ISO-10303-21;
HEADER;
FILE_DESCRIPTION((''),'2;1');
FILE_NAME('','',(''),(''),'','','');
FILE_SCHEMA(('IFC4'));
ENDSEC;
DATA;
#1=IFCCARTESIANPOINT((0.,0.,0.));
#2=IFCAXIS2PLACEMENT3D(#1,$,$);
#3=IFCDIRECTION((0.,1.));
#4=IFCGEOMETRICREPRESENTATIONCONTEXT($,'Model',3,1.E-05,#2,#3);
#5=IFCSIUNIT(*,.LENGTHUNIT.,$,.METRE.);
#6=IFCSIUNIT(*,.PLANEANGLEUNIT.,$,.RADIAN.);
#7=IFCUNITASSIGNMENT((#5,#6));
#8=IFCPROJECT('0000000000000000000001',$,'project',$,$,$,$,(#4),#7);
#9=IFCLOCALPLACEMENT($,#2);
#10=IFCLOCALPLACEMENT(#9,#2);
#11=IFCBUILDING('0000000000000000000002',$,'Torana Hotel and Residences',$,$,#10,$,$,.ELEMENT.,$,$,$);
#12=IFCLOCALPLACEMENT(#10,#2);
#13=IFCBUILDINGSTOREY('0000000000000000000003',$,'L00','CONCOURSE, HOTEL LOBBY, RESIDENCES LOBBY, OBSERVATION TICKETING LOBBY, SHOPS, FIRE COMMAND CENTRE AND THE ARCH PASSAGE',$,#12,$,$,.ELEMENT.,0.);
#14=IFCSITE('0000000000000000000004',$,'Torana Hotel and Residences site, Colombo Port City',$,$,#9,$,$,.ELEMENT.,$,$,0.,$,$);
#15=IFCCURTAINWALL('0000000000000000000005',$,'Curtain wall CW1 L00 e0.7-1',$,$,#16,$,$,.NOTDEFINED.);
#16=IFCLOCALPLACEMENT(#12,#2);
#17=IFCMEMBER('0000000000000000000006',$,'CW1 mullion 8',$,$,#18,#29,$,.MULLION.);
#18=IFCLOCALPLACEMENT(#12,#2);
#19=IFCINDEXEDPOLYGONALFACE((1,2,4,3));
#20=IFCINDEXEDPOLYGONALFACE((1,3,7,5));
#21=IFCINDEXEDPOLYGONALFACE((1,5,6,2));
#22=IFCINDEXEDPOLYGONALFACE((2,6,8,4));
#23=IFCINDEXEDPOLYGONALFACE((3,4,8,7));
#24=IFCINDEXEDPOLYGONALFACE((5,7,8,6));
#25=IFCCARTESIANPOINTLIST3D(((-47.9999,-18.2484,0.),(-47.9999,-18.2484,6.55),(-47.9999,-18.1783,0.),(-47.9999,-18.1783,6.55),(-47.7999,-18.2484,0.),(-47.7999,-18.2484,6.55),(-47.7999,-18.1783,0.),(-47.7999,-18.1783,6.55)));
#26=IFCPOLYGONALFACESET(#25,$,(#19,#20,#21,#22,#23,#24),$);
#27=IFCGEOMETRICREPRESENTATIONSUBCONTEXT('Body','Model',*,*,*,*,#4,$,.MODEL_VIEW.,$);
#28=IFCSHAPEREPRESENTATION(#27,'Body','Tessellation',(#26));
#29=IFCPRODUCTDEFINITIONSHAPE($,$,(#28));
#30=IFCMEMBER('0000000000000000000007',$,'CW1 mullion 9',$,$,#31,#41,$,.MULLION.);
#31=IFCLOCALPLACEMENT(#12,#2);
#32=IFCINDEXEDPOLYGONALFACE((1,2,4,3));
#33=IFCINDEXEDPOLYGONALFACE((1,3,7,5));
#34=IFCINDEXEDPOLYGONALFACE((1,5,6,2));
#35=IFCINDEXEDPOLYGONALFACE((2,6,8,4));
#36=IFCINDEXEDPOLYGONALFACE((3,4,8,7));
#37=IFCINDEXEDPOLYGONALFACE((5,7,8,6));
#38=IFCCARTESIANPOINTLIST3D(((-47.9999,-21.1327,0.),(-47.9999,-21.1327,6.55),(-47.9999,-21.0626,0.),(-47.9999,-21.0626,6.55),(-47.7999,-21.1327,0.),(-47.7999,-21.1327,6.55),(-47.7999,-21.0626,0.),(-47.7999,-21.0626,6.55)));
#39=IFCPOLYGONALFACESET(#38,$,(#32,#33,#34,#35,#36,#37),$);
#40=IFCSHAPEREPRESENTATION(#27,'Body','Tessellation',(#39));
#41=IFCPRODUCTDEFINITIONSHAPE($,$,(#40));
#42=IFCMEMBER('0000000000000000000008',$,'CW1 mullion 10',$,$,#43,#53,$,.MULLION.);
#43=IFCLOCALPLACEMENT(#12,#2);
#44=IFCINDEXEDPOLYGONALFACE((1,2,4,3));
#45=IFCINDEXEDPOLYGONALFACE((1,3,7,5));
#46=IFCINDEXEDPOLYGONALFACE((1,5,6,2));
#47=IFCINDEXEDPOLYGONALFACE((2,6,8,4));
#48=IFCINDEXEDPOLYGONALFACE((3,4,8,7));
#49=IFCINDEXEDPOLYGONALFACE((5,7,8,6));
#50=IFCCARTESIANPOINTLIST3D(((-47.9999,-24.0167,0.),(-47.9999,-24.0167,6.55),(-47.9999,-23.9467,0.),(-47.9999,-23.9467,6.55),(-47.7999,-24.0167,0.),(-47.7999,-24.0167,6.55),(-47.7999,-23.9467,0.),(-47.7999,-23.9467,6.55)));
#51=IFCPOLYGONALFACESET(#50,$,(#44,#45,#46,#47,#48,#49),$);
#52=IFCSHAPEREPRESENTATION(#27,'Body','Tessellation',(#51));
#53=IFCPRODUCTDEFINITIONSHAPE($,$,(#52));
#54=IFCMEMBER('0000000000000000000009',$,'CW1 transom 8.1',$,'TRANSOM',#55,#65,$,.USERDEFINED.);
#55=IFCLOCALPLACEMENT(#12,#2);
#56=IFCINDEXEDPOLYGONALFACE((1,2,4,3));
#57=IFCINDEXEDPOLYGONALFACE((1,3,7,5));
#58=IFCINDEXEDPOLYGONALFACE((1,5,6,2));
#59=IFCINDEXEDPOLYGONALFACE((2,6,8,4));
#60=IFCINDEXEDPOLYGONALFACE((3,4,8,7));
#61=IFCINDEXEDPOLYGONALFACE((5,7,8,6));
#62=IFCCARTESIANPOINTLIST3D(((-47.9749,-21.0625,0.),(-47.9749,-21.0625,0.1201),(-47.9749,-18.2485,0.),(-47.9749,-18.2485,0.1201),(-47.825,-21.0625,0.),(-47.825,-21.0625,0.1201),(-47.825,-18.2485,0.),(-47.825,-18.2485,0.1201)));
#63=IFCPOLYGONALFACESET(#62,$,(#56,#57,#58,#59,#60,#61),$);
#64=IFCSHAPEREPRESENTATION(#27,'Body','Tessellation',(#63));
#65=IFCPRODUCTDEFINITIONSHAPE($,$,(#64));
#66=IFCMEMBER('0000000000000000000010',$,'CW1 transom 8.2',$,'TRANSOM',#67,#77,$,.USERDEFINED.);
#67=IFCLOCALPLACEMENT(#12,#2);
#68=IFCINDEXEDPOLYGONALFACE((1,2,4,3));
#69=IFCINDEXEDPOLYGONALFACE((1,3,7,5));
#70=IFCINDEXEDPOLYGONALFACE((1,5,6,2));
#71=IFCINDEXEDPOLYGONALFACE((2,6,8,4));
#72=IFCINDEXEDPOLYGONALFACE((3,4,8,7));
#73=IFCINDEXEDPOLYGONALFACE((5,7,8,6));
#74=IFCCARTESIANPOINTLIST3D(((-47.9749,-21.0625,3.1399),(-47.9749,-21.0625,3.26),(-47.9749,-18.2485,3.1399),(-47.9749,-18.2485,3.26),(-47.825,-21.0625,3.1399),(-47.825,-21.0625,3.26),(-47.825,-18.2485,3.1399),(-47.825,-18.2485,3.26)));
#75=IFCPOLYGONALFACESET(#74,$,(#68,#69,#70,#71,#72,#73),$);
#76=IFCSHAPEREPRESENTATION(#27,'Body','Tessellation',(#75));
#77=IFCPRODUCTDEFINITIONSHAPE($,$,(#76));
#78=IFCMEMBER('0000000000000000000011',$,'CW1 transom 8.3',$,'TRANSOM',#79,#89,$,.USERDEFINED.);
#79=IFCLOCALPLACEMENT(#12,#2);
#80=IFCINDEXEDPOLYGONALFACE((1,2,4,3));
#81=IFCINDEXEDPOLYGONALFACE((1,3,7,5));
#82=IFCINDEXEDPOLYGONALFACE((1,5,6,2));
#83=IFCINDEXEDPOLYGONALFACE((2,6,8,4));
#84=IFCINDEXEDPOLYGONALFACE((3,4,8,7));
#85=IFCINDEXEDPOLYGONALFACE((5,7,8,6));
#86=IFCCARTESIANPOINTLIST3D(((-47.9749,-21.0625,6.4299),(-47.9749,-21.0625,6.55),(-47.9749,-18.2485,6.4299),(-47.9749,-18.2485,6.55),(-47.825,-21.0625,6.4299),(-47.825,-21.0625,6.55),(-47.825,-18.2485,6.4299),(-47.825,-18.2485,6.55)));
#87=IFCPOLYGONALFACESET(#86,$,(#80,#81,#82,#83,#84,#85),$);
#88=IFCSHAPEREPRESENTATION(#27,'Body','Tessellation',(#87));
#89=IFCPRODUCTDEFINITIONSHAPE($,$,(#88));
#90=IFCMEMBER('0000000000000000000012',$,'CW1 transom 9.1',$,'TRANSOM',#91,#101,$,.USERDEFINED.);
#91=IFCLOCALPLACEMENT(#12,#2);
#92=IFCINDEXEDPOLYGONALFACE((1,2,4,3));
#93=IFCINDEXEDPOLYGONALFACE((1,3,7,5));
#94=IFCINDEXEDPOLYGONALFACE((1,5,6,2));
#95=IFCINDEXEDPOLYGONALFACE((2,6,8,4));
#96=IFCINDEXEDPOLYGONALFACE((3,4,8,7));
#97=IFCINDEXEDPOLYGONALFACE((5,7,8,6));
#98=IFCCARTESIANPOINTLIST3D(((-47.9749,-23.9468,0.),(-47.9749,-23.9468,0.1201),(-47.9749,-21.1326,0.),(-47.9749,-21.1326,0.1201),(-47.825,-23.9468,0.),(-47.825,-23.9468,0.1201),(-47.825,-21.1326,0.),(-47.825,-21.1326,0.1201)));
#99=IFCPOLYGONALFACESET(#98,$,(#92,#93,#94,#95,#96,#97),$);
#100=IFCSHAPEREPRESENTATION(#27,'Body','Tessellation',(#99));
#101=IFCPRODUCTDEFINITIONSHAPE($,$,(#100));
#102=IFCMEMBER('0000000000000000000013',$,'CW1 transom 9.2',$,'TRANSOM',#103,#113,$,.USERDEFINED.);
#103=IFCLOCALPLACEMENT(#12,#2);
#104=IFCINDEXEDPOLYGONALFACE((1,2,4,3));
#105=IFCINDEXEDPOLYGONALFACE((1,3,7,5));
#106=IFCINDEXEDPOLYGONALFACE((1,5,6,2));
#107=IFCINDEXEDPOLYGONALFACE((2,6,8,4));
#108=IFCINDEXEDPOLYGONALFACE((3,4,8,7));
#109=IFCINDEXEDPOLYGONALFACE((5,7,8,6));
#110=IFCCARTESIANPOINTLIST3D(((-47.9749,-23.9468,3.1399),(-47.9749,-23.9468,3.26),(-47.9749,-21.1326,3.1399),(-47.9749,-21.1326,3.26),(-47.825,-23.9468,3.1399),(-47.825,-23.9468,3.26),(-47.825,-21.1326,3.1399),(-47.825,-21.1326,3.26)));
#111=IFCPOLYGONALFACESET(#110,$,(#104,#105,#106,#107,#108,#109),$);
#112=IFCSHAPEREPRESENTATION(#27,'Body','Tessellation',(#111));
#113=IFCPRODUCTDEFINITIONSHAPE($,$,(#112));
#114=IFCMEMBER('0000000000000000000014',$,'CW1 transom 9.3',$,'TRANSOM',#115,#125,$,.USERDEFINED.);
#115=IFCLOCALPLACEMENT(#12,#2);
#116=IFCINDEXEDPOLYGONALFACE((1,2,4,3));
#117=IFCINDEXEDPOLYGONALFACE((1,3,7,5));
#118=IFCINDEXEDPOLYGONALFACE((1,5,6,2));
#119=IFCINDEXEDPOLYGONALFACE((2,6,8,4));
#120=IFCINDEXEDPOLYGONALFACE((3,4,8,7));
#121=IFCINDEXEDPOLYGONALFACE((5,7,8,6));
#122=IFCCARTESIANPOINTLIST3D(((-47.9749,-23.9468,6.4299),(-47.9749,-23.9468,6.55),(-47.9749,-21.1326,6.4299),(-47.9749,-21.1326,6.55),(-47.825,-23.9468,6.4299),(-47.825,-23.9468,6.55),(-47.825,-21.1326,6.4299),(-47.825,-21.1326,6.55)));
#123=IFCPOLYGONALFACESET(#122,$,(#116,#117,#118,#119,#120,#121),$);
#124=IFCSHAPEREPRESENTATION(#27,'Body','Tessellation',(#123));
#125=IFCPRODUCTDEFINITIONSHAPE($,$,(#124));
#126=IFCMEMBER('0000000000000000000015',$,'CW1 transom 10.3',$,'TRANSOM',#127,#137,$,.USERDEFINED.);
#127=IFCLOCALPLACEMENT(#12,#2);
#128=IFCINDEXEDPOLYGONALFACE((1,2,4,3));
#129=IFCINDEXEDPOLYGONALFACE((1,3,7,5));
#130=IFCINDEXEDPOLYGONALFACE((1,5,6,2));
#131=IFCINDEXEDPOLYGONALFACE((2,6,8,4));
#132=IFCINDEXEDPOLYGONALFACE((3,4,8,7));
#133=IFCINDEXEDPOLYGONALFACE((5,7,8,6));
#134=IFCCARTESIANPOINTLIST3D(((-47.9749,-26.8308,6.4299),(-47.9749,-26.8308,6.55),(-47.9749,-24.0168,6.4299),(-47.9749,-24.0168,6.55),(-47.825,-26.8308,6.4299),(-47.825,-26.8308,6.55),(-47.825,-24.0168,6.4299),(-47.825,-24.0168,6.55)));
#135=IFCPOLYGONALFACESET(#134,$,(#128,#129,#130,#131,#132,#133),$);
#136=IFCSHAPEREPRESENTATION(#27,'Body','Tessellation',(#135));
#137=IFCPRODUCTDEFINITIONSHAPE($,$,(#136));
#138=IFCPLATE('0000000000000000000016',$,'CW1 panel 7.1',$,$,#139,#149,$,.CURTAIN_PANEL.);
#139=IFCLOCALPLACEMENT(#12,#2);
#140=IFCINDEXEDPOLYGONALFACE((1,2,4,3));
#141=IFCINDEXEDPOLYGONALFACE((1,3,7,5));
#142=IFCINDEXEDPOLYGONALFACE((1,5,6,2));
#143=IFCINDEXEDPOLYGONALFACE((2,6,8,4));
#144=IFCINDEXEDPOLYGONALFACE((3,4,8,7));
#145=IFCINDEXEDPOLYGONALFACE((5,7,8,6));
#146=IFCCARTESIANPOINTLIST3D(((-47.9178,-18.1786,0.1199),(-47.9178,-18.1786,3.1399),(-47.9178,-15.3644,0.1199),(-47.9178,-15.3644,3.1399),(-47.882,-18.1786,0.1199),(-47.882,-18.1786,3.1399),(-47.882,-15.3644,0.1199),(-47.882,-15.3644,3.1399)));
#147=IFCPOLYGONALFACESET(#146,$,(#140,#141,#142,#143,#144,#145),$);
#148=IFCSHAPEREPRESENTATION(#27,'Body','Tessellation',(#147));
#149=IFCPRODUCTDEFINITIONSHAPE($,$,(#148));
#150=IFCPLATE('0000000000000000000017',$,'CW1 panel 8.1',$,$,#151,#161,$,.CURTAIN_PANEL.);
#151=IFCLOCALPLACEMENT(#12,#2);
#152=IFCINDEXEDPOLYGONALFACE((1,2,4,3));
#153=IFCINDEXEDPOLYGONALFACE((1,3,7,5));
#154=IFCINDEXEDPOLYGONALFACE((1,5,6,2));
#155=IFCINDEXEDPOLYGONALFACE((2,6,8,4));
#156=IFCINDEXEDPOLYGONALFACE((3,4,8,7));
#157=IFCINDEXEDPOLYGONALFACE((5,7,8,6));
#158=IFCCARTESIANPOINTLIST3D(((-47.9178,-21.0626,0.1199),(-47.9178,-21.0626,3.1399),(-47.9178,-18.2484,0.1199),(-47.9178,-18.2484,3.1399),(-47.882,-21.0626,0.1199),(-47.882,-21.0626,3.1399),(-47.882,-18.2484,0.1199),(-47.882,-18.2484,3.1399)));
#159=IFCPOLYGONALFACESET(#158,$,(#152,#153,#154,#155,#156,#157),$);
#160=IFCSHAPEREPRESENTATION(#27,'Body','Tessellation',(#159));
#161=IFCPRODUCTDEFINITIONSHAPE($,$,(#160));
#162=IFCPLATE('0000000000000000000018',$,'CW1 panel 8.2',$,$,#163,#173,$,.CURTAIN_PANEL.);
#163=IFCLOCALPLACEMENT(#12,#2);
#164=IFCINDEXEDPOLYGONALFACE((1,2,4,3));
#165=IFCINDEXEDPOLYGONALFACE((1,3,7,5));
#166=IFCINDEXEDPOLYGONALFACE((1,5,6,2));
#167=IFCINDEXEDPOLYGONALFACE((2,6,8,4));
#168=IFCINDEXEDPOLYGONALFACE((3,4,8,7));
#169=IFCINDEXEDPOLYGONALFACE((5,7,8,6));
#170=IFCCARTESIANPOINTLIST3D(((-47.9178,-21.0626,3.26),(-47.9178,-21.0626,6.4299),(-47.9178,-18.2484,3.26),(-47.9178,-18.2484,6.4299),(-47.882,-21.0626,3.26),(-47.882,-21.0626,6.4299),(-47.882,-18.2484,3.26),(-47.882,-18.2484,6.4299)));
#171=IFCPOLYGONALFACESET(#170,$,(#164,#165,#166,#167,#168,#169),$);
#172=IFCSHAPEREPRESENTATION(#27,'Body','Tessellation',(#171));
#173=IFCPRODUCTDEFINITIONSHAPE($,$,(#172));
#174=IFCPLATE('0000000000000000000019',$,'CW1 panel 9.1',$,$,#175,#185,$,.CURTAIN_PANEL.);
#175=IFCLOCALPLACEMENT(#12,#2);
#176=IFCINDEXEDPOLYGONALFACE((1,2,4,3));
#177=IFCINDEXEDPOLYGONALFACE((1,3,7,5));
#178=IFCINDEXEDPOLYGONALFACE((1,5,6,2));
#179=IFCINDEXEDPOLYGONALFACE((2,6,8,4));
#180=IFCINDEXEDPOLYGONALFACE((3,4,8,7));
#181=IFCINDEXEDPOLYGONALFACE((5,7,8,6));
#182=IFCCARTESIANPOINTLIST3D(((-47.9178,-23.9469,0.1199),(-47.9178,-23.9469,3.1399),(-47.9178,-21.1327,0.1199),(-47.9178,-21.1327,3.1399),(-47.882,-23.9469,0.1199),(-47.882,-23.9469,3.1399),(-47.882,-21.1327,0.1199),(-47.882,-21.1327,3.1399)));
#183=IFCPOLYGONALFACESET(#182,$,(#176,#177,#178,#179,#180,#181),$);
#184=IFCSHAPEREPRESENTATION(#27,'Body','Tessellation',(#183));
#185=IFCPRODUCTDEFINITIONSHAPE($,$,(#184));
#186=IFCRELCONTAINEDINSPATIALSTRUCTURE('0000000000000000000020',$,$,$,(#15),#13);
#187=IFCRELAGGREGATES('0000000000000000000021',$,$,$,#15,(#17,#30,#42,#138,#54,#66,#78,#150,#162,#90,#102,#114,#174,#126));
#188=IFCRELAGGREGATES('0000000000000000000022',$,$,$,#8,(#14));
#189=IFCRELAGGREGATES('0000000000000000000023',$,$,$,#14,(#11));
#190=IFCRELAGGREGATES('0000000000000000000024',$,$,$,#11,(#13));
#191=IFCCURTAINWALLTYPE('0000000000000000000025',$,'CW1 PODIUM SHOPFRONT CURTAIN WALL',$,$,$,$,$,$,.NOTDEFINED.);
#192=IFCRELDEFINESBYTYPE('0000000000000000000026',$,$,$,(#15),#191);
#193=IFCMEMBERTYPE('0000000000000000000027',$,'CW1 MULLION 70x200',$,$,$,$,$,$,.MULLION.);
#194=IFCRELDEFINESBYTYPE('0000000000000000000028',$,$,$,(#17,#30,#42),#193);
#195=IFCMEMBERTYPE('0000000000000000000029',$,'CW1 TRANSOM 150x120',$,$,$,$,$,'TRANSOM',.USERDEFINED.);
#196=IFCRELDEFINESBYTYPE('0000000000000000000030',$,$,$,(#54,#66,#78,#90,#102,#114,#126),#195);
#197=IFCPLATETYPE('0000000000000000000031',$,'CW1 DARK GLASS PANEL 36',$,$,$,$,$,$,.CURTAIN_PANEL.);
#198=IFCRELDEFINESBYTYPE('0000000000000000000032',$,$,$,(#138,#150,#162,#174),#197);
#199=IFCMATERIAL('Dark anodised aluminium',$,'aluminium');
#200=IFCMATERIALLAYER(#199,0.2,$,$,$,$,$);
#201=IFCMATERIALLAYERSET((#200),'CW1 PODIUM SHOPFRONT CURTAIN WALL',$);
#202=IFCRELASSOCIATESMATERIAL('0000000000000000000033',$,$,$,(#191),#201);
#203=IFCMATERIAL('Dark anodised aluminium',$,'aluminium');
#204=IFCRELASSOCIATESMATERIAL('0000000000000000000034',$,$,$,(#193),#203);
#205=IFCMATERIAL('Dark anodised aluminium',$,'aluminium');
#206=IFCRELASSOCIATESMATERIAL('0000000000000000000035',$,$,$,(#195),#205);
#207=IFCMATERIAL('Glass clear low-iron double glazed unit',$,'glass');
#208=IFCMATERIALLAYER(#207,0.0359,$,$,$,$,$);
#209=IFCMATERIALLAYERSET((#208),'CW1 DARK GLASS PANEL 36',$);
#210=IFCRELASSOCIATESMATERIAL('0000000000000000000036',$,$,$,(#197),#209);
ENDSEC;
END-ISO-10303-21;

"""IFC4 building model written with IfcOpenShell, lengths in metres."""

from ifc_helpers import new_model, si_unit, direction, frame, origin, origin_2d, place, context, subcontext, project, spatial, rectangle, extrude, material, layer, layer_set, material_profile, profile_set, type_object, element, aggregate, save


model = new_model("IFC4")

# Units and contexts
model_context = context("Model", 3, precision=1e-05, world=origin(), true_north=direction((0.0, 1.0)))
body_context = subcontext(model_context, "Body", "Model", "MODEL_VIEW")
ifc_project = project(units=[si_unit("LENGTHUNIT", "METRE"), si_unit("PLANEANGLEUNIT", "RADIAN")], contexts=[model_context])

# Site, building, storey
site_placement = place(None, origin())
site = spatial("IfcSite", under=ifc_project, at=site_placement, Name="Torana Hotel and Residences site, Colombo Port City", CompositionType="ELEMENT", RefElevation=0.0)
building_placement = place(site_placement, origin())
building = spatial("IfcBuilding", under=site, at=building_placement, Name="Torana Hotel and Residences", CompositionType="ELEMENT")
storey_placement = place(building_placement, origin())
storey = spatial("IfcBuildingStorey", under=building, at=storey_placement, Name="L00", Description="CONCOURSE, HOTEL LOBBY, RESIDENCES LOBBY, OBSERVATION TICKETING LOBBY, SHOPS, FIRE COMMAND CENTRE AND THE ARCH PASSAGE", CompositionType="ELEMENT", Elevation=0.0)

# Curtain wall, members, plates
ifc_material_1 = material(Name="Dark anodised aluminium", Category="aluminium")
ifc_layer_1 = layer(ifc_material_1, 0.2)
ifc_layer_set_1 = layer_set([ifc_layer_1], Name="CW1 PODIUM SHOPFRONT CURTAIN WALL")
curtain_wall_type = type_object("IfcCurtainWallType", Name="CW1 PODIUM SHOPFRONT CURTAIN WALL", PredefinedType="NOTDEFINED", material=ifc_layer_set_1)
curtain_wall_placement = place(storey_placement, origin())
curtain_wall = element("IfcCurtainWall", 1, at=curtain_wall_placement, inside=storey, type_object=curtain_wall_type, Name="Curtain wall CW1 L00 e0.7-1", PredefinedType="NOTDEFINED")
ifc_material_2 = material(Name="Dark anodised aluminium", Category="aluminium")
ifc_material_profile_1 = material_profile(ifc_material_2, rectangle(XDim=0.2, YDim=0.0701, at=origin_2d()), Name="CW1 MULLION 70x200")
ifc_profile_set_1 = profile_set([ifc_material_profile_1], Name="Dark anodised aluminium")
member_type_1 = type_object("IfcMemberType", Name="CW1 MULLION 70x200", PredefinedType="MULLION", material=ifc_profile_set_1)
member_1_placement = place(storey_placement, frame((-47.8999, -18.2134, 0.0), z_axis=(0.0, 0.0, 1.0), x_axis=(1.0, 0.0, 0.0)))
member_1 = element("IfcMember", 2, at=member_1_placement, type_object=member_type_1, Name="CW1 mullion 8", PredefinedType="MULLION", context=body_context, shape_type="SweptSolid", body=[
    extrude(rectangle(XDim=0.2, YDim=0.0701, at=origin_2d()), origin(), (0.0, 0.0, 1.0), 6.55),
])
member_2_placement = place(storey_placement, frame((-47.8999, -21.0977, 0.0), z_axis=(0.0, 0.0, 1.0), x_axis=(1.0, 0.0, 0.0)))
member_2 = element("IfcMember", 3, at=member_2_placement, type_object=member_type_1, Name="CW1 mullion 9", PredefinedType="MULLION", context=body_context, shape_type="SweptSolid", body=[
    extrude(rectangle(XDim=0.2, YDim=0.0701, at=origin_2d()), origin(), (0.0, 0.0, 1.0), 6.55),
])
member_3_placement = place(storey_placement, frame((-47.8999, -23.9817, 0.0), z_axis=(0.0, 0.0, 1.0), x_axis=(1.0, 0.0, 0.0)))
member_3 = element("IfcMember", 4, at=member_3_placement, type_object=member_type_1, Name="CW1 mullion 10", PredefinedType="MULLION", context=body_context, shape_type="SweptSolid", body=[
    extrude(rectangle(XDim=0.2, YDim=0.0701, at=origin_2d()), origin(), (0.0, 0.0, 1.0), 6.55),
])
ifc_material_3 = material(Name="Dark anodised aluminium", Category="aluminium")
ifc_material_profile_2 = material_profile(ifc_material_3, rectangle(XDim=0.1499, YDim=0.1201, at=origin_2d()), Name="CW1 TRANSOM 150x120")
ifc_profile_set_2 = profile_set([ifc_material_profile_2], Name="Dark anodised aluminium")
member_type_2 = type_object("IfcMemberType", Name="CW1 TRANSOM 150x120", ElementType="TRANSOM", PredefinedType="USERDEFINED", material=ifc_profile_set_2)
member_4_placement = place(storey_placement, frame((-47.8999, -18.2485, 0.0601), z_axis=(0.0, -1.0, 0.0), x_axis=(1.0, 0.0, 0.0)))
member_4 = element("IfcMember", 5, at=member_4_placement, type_object=member_type_2, Name="CW1 transom 8.1", ObjectType="TRANSOM", PredefinedType="USERDEFINED", context=body_context, shape_type="SweptSolid", body=[
    extrude(rectangle(XDim=0.1499, YDim=0.1201, at=origin_2d()), origin(), (0.0, 0.0, 1.0), 2.814),
])
member_5_placement = place(storey_placement, frame((-47.8999, -18.2485, 3.2), z_axis=(0.0, -1.0, 0.0), x_axis=(1.0, 0.0, 0.0)))
member_5 = element("IfcMember", 6, at=member_5_placement, type_object=member_type_2, Name="CW1 transom 8.2", ObjectType="TRANSOM", PredefinedType="USERDEFINED", context=body_context, shape_type="SweptSolid", body=[
    extrude(rectangle(XDim=0.1499, YDim=0.1201, at=origin_2d()), origin(), (0.0, 0.0, 1.0), 2.814),
])
member_6_placement = place(storey_placement, frame((-47.8999, -18.2485, 6.49), z_axis=(0.0, -1.0, 0.0), x_axis=(1.0, 0.0, 0.0)))
member_6 = element("IfcMember", 7, at=member_6_placement, type_object=member_type_2, Name="CW1 transom 8.3", ObjectType="TRANSOM", PredefinedType="USERDEFINED", context=body_context, shape_type="SweptSolid", body=[
    extrude(rectangle(XDim=0.1499, YDim=0.1201, at=origin_2d()), origin(), (0.0, 0.0, 1.0), 2.814),
])
member_7_placement = place(storey_placement, frame((-47.8999, -21.1326, 0.0601), z_axis=(0.0, -1.0, 0.0), x_axis=(1.0, 0.0, 0.0)))
member_7 = element("IfcMember", 8, at=member_7_placement, type_object=member_type_2, Name="CW1 transom 9.1", ObjectType="TRANSOM", PredefinedType="USERDEFINED", context=body_context, shape_type="SweptSolid", body=[
    extrude(rectangle(XDim=0.1499, YDim=0.1201, at=origin_2d()), origin(), (0.0, 0.0, 1.0), 2.8142),
])
member_8_placement = place(storey_placement, frame((-47.8999, -21.1326, 3.2), z_axis=(0.0, -1.0, 0.0), x_axis=(1.0, 0.0, 0.0)))
member_8 = element("IfcMember", 9, at=member_8_placement, type_object=member_type_2, Name="CW1 transom 9.2", ObjectType="TRANSOM", PredefinedType="USERDEFINED", context=body_context, shape_type="SweptSolid", body=[
    extrude(rectangle(XDim=0.1499, YDim=0.1201, at=origin_2d()), origin(), (0.0, 0.0, 1.0), 2.8142),
])
member_9_placement = place(storey_placement, frame((-47.8999, -21.1326, 6.49), z_axis=(0.0, -1.0, 0.0), x_axis=(1.0, 0.0, 0.0)))
member_9 = element("IfcMember", 10, at=member_9_placement, type_object=member_type_2, Name="CW1 transom 9.3", ObjectType="TRANSOM", PredefinedType="USERDEFINED", context=body_context, shape_type="SweptSolid", body=[
    extrude(rectangle(XDim=0.1499, YDim=0.1201, at=origin_2d()), origin(), (0.0, 0.0, 1.0), 2.8142),
])
member_10_placement = place(storey_placement, frame((-47.8999, -24.0168, 6.49), z_axis=(0.0, -1.0, 0.0), x_axis=(1.0, 0.0, 0.0)))
member_10 = element("IfcMember", 11, at=member_10_placement, type_object=member_type_2, Name="CW1 transom 10.3", ObjectType="TRANSOM", PredefinedType="USERDEFINED", context=body_context, shape_type="SweptSolid", body=[
    extrude(rectangle(XDim=0.1499, YDim=0.1201, at=origin_2d()), origin(), (0.0, 0.0, 1.0), 2.814),
])
ifc_material_4 = material(Name="Glass clear low-iron double glazed unit", Category="glass")
ifc_layer_2 = layer(ifc_material_4, 0.0359)
ifc_layer_set_2 = layer_set([ifc_layer_2], Name="CW1 DARK GLASS PANEL 36")
plate_type = type_object("IfcPlateType", Name="CW1 DARK GLASS PANEL 36", PredefinedType="CURTAIN_PANEL", material=ifc_layer_set_2)
plate_1_placement = place(storey_placement, frame((-47.8999, -16.7715, 0.1199), z_axis=(0.0, 0.0, 1.0), x_axis=(0.0, -1.0, 0.0)))
plate_1 = element("IfcPlate", 12, at=plate_1_placement, type_object=plate_type, Name="CW1 panel 7.1", PredefinedType="CURTAIN_PANEL", context=body_context, shape_type="SweptSolid", body=[
    extrude(rectangle(XDim=2.8142, YDim=0.0359, at=origin_2d()), origin(), (0.0, 0.0, 1.0), 3.02),
])
plate_2_placement = place(storey_placement, frame((-47.8999, -19.6555, 0.1199), z_axis=(0.0, 0.0, 1.0), x_axis=(0.0, -1.0, 0.0)))
plate_2 = element("IfcPlate", 13, at=plate_2_placement, type_object=plate_type, Name="CW1 panel 8.1", PredefinedType="CURTAIN_PANEL", context=body_context, shape_type="SweptSolid", body=[
    extrude(rectangle(XDim=2.8142, YDim=0.0359, at=origin_2d()), origin(), (0.0, 0.0, 1.0), 3.02),
])
plate_3_placement = place(storey_placement, frame((-47.8999, -19.6555, 3.26), z_axis=(0.0, 0.0, 1.0), x_axis=(0.0, -1.0, 0.0)))
plate_3 = element("IfcPlate", 14, at=plate_3_placement, type_object=plate_type, Name="CW1 panel 8.2", PredefinedType="CURTAIN_PANEL", context=body_context, shape_type="SweptSolid", body=[
    extrude(rectangle(XDim=2.8142, YDim=0.0359, at=origin_2d()), origin(), (0.0, 0.0, 1.0), 3.1699),
])
plate_4_placement = place(storey_placement, frame((-47.8999, -22.5398, 0.1199), z_axis=(0.0, 0.0, 1.0), x_axis=(0.0, -1.0, 0.0)))
plate_4 = element("IfcPlate", 15, at=plate_4_placement, type_object=plate_type, Name="CW1 panel 9.1", PredefinedType="CURTAIN_PANEL", context=body_context, shape_type="SweptSolid", body=[
    extrude(rectangle(XDim=2.8142, YDim=0.0359, at=origin_2d()), origin(), (0.0, 0.0, 1.0), 3.02),
])
aggregate(curtain_wall, [member_1, member_2, member_3, plate_1, member_4, member_5, member_6, plate_2, plate_3, member_7, member_8, member_9, plate_4, member_10])

save(model, "model.ifc")
